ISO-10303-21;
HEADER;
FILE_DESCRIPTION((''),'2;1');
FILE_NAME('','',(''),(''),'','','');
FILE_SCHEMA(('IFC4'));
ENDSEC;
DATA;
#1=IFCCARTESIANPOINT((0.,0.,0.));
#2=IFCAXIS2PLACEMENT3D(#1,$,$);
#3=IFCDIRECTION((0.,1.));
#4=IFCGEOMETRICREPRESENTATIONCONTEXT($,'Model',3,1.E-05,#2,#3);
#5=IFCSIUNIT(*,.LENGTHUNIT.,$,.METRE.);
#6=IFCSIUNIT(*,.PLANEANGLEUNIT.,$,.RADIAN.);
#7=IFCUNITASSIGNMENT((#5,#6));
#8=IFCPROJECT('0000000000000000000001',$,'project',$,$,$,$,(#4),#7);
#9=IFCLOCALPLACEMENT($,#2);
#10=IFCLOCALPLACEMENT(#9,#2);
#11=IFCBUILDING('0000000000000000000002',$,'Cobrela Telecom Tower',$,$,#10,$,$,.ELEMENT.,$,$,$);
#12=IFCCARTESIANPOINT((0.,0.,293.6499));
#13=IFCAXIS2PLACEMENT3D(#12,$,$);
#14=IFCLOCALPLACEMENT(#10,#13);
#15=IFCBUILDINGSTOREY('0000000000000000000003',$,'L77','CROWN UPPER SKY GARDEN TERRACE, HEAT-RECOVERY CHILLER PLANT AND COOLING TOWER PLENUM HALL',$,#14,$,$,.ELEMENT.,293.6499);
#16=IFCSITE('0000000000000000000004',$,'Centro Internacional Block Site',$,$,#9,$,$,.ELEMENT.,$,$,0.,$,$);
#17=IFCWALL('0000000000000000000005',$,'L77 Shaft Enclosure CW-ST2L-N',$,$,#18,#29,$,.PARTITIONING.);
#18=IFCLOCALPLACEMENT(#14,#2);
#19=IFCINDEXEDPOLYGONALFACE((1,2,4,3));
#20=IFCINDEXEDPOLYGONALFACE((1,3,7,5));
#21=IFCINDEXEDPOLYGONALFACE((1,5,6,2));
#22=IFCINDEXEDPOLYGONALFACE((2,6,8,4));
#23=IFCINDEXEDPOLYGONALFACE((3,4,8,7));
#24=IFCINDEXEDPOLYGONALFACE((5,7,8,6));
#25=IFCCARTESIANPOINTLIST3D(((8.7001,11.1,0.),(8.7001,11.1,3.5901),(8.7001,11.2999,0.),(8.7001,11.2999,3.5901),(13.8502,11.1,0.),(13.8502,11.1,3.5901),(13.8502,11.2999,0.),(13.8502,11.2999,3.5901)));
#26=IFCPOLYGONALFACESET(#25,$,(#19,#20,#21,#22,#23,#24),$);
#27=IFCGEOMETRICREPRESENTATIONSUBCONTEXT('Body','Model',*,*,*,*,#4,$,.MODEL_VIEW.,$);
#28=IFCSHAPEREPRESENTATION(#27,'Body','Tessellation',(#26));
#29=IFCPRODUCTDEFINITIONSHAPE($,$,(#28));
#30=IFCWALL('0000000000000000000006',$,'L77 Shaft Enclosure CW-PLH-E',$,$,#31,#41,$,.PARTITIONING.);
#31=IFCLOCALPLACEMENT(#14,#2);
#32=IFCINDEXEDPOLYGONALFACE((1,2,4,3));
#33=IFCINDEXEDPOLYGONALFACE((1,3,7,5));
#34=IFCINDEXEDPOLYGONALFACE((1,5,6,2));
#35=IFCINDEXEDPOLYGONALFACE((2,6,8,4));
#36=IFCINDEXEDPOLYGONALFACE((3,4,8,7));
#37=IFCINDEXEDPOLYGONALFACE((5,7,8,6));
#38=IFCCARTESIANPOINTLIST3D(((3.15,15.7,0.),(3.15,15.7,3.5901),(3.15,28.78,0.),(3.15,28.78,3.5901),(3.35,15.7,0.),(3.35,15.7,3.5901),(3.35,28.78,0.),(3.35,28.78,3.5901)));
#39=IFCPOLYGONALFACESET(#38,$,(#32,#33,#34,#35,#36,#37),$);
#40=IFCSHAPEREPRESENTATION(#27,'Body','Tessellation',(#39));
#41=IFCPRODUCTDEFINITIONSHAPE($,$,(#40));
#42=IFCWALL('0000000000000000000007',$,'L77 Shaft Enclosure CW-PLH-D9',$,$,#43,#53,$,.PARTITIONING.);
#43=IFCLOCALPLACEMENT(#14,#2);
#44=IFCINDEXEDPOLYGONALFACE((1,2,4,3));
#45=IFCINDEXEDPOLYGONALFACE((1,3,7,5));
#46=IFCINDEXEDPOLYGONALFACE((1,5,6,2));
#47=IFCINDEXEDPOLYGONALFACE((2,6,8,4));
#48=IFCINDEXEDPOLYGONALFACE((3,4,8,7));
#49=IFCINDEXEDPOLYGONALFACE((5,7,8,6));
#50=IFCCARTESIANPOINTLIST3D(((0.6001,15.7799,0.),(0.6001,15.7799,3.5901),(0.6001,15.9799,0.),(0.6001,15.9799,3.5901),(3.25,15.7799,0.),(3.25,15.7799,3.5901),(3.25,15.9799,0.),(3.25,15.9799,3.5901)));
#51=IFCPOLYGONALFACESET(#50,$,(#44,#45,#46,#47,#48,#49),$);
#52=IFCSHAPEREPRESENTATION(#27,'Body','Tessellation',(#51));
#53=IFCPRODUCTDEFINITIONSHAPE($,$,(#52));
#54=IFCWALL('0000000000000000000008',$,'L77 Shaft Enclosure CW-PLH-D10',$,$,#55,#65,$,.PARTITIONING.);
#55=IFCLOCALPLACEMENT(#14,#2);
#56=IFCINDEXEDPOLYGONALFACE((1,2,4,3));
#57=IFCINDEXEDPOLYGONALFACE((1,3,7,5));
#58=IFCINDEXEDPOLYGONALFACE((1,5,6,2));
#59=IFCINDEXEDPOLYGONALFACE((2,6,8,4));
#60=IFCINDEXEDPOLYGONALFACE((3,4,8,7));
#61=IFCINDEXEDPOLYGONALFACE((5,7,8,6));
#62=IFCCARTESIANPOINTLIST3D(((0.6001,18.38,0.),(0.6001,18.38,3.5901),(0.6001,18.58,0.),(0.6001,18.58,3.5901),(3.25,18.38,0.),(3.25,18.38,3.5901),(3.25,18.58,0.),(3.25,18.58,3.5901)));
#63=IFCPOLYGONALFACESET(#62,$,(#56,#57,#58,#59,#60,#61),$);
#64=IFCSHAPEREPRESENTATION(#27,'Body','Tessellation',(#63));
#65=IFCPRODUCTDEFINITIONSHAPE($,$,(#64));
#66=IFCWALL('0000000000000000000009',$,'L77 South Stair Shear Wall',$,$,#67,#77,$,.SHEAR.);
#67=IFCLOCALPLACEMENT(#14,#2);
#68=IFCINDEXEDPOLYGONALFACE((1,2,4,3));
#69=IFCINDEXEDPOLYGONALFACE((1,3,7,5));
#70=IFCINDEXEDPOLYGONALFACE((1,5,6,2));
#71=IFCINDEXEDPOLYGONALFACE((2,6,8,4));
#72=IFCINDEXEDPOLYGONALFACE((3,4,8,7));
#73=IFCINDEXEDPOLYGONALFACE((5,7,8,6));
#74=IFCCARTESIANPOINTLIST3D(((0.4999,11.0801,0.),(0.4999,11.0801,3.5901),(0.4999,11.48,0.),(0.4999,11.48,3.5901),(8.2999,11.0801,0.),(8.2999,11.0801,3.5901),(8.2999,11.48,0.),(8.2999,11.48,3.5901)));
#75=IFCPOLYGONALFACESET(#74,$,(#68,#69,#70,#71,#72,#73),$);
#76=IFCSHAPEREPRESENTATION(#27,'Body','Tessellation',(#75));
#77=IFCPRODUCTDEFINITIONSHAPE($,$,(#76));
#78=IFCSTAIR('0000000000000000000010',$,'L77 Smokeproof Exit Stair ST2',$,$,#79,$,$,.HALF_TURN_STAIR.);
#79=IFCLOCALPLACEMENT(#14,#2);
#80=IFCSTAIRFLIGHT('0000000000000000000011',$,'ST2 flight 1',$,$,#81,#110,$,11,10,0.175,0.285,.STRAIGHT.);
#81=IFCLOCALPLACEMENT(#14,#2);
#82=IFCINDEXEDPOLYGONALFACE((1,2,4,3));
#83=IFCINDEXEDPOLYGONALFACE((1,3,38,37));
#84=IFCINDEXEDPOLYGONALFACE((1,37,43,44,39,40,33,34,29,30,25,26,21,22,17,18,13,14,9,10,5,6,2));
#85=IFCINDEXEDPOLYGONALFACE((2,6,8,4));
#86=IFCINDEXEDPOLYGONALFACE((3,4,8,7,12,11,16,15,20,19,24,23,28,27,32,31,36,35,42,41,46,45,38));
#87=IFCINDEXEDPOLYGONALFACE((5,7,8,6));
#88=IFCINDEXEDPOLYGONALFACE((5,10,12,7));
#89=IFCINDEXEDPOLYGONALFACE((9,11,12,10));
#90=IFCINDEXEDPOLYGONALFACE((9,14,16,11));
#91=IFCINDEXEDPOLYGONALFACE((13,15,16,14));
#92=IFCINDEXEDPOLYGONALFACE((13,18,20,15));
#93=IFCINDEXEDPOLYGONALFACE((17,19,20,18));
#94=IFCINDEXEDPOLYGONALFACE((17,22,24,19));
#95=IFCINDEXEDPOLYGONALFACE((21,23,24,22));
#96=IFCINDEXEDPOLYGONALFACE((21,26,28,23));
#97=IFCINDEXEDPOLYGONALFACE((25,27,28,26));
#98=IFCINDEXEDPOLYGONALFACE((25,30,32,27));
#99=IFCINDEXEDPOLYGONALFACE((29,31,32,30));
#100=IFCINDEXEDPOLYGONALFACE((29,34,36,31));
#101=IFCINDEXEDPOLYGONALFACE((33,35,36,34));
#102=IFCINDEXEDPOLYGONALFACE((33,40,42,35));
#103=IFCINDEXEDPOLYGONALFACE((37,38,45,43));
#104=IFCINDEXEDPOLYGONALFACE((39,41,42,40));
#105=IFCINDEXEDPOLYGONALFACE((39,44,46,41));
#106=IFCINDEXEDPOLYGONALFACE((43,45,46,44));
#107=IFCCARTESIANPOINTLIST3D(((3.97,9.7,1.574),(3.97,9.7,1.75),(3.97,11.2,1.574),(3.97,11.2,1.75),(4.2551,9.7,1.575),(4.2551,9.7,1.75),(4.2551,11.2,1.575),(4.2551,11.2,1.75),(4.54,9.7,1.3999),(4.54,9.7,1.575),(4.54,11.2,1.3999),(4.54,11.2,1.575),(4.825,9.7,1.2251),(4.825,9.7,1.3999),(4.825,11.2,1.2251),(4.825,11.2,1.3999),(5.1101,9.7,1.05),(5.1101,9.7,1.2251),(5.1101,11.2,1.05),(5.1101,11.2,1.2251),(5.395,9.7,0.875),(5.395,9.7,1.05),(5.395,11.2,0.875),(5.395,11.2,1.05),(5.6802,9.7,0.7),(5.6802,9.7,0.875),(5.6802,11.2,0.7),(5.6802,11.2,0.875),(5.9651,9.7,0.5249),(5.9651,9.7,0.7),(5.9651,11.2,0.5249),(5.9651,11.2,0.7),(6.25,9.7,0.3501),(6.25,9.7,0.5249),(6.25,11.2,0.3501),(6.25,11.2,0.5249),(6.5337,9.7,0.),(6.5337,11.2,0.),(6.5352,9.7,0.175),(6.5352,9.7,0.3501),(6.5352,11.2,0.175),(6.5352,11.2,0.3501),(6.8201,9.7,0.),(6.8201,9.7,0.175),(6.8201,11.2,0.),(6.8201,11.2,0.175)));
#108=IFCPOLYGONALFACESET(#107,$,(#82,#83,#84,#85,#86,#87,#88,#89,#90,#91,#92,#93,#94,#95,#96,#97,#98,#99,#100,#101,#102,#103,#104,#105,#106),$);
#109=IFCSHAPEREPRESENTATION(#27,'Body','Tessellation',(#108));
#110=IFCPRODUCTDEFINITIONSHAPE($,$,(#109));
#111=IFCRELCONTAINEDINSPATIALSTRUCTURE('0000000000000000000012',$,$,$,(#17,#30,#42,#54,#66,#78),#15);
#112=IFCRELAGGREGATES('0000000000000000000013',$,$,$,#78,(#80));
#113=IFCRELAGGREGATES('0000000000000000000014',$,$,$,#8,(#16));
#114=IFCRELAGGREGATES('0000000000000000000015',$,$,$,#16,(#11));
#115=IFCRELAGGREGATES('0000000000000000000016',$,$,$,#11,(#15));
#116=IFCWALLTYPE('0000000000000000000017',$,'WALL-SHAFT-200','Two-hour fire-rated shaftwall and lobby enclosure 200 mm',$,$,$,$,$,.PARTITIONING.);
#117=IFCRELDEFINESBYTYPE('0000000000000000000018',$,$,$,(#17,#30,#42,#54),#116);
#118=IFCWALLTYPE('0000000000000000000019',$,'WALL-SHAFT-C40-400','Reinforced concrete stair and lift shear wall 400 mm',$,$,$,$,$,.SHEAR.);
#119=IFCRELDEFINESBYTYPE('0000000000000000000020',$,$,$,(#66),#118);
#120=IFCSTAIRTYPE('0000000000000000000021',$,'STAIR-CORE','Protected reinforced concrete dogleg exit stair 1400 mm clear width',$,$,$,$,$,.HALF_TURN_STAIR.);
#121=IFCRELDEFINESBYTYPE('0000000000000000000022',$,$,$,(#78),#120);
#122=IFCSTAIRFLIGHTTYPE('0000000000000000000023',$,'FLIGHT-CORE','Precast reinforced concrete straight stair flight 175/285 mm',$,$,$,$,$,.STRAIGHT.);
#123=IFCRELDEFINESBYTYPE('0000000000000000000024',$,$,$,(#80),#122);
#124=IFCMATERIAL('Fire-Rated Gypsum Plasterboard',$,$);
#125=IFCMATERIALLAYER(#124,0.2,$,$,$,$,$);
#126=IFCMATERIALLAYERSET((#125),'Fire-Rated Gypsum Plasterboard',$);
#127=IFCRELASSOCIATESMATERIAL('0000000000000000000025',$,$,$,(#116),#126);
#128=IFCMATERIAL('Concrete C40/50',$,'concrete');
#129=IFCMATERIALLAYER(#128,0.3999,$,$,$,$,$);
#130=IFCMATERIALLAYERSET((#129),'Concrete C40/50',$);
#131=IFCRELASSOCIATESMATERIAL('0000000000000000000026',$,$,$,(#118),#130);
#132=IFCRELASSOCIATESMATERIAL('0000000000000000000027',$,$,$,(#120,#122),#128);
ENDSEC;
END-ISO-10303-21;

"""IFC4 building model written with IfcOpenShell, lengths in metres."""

from ifc_helpers import new_model, si_unit, direction, frame, frame_2d, origin, place, context, subcontext, project, spatial, polyline, rectangle, outline, extrude, material, layer, layer_set, type_object, element, aggregate, save


model = new_model("IFC4")

# Units and contexts
model_context = context("Model", 3, precision=1e-05, world=origin(), true_north=direction((0.0, 1.0)))
body_context = subcontext(model_context, "Body", "Model", "MODEL_VIEW")
ifc_project = project(units=[si_unit("LENGTHUNIT", "METRE"), si_unit("PLANEANGLEUNIT", "RADIAN")], contexts=[model_context])

# Site, building, storey
site_placement = place(None, origin())
site = spatial("IfcSite", under=ifc_project, at=site_placement, Name="Centro Internacional Block Site", CompositionType="ELEMENT", RefElevation=0.0)
building_placement = place(site_placement, origin())
building = spatial("IfcBuilding", under=site, at=building_placement, Name="Cobrela Telecom Tower", CompositionType="ELEMENT")
storey_placement = place(building_placement, frame((0.0, 0.0, 293.6499)))
storey = spatial("IfcBuildingStorey", under=building, at=storey_placement, Name="L77", Description="CROWN UPPER SKY GARDEN TERRACE, HEAT-RECOVERY CHILLER PLANT AND COOLING TOWER PLENUM HALL", CompositionType="ELEMENT", Elevation=293.6499)

# Shared definitions
ifc_material_1 = material(Name="Fire-Rated Gypsum Plasterboard")

# Walls
ifc_layer_1 = layer(ifc_material_1, 0.2)
ifc_layer_set_1 = layer_set([ifc_layer_1], Name="Fire-Rated Gypsum Plasterboard")
wall_type_1 = type_object("IfcWallType", Name="WALL-SHAFT-200", Description="Two-hour fire-rated shaftwall and lobby enclosure 200 mm", PredefinedType="PARTITIONING", material=ifc_layer_set_1)
wall_1_placement = place(storey_placement, frame((8.7, 11.2, 0.0), z_axis=(0.0, 0.0, 1.0), x_axis=(1.0, 0.0, 0.0)))
element("IfcWall", 1, at=wall_1_placement, inside=storey, type_object=wall_type_1, Name="L77 Shaft Enclosure CW-ST2L-N", PredefinedType="PARTITIONING", context=body_context, shape_type="SweptSolid", body=[
    extrude(rectangle(XDim=5.1501, YDim=0.2, at=frame_2d((2.5752, 0.0))), origin(), (0.0, 0.0, 1.0), 3.5901),
])
wall_2_placement = place(storey_placement, frame((3.25, 15.7, 0.0), z_axis=(0.0, 0.0, 1.0), x_axis=(0.0, 1.0, 0.0)))
element("IfcWall", 2, at=wall_2_placement, inside=storey, type_object=wall_type_1, Name="L77 Shaft Enclosure CW-PLH-E", PredefinedType="PARTITIONING", context=body_context, shape_type="SweptSolid", body=[
    extrude(rectangle(XDim=13.0801, YDim=0.2, at=frame_2d((6.54, 0.0))), origin(), (0.0, 0.0, 1.0), 3.5901),
])
for number, where, z_axis, x_axis, name in (
    (3, (0.6001, 15.8799, 0.0), (0.0, 0.0, 1.0), (1.0, 0.0, 0.0), "L77 Shaft Enclosure CW-PLH-D9"),
    (4, (0.6001, 18.48, 0.0), (0.0, 0.0, 1.0), (1.0, 0.0, 0.0), "L77 Shaft Enclosure CW-PLH-D10"),
):
    element("IfcWall", number, at=place(storey_placement, frame(where, z_axis=z_axis, x_axis=x_axis)), inside=storey, type_object=wall_type_1, Name=name, PredefinedType="PARTITIONING", context=body_context, shape_type="SweptSolid", body=[
        extrude(rectangle(XDim=2.6499, YDim=0.2, at=frame_2d((1.325, 0.0))), origin(), (0.0, 0.0, 1.0), 3.5901),
    ])
ifc_material_2 = material(Name="Concrete C40/50", Category="concrete")
ifc_layer_2 = layer(ifc_material_2, 0.3999)
ifc_layer_set_2 = layer_set([ifc_layer_2], Name="Concrete C40/50")
wall_type_2 = type_object("IfcWallType", Name="WALL-SHAFT-C40-400", Description="Reinforced concrete stair and lift shear wall 400 mm", PredefinedType="SHEAR", material=ifc_layer_set_2)
wall_3_placement = place(storey_placement, frame((0.5, 11.28, 0.0), z_axis=(0.0, 0.0, 1.0), x_axis=(1.0, 0.0, 0.0)))
element("IfcWall", 5, at=wall_3_placement, inside=storey, type_object=wall_type_2, Name="L77 South Stair Shear Wall", PredefinedType="SHEAR", context=body_context, shape_type="SweptSolid", body=[
    extrude(rectangle(XDim=7.8, YDim=0.3999, at=frame_2d((3.8999, 0.0))), origin(), (0.0, 0.0, 1.0), 3.5901),
])

# Stair, stair flight
stair_type = type_object("IfcStairType", Name="STAIR-CORE", Description="Protected reinforced concrete dogleg exit stair 1400 mm clear width", PredefinedType="HALF_TURN_STAIR", material=ifc_material_2)
stair_placement = place(storey_placement, origin())
stair = element("IfcStair", 6, at=stair_placement, inside=storey, type_object=stair_type, Name="L77 Smokeproof Exit Stair ST2", PredefinedType="HALF_TURN_STAIR")
stair_flight_type = type_object("IfcStairFlightType", Name="FLIGHT-CORE", Description="Precast reinforced concrete straight stair flight 175/285 mm", PredefinedType="STRAIGHT", material=ifc_material_2)
stair_flight_placement = place(storey_placement, frame((6.8201, 10.45, 0.0), z_axis=(0.0, 0.0, 1.0), x_axis=(-1.0, 0.0, 0.0)))
stair_flight = element("IfcStairFlight", 7, at=stair_flight_placement, type_object=stair_flight_type, Name="ST2 flight 1", NumberOfRisers=11, NumberOfTreads=10, PredefinedType="STRAIGHT", RiserHeight=0.175, TreadLength=0.285, context=body_context, shape_type="SweptSolid", body=[
    extrude(outline(polyline([(0.0, 0.0), (0.0, 0.175), (0.2849, 0.175), (0.2849, 0.3501), (0.5701, 0.3501), (0.5701, 0.5249), (0.855, 0.5249), (0.855, 0.7), (1.1399, 0.7), (1.1399, 0.875), (1.425, 0.875), (1.425, 1.05), (1.71, 1.05), (1.71, 1.2251), (1.9951, 1.2251), (1.9951, 1.3999), (2.28, 1.3999), (2.28, 1.575), (2.5649, 1.575), (2.5649, 1.75), (2.8501, 1.75), (2.8501, 1.925), (2.8501, 1.574), (0.2864, 0.0), (0.0, 0.0)])), frame((0.0, 0.75, 0.0), z_axis=(0.0, -1.0, 0.0), x_axis=(1.0, 0.0, 0.0)), (0.0, 0.0, 1.0), 1.5),
])
aggregate(stair, [stair_flight])

save(model, "model.ifc")
